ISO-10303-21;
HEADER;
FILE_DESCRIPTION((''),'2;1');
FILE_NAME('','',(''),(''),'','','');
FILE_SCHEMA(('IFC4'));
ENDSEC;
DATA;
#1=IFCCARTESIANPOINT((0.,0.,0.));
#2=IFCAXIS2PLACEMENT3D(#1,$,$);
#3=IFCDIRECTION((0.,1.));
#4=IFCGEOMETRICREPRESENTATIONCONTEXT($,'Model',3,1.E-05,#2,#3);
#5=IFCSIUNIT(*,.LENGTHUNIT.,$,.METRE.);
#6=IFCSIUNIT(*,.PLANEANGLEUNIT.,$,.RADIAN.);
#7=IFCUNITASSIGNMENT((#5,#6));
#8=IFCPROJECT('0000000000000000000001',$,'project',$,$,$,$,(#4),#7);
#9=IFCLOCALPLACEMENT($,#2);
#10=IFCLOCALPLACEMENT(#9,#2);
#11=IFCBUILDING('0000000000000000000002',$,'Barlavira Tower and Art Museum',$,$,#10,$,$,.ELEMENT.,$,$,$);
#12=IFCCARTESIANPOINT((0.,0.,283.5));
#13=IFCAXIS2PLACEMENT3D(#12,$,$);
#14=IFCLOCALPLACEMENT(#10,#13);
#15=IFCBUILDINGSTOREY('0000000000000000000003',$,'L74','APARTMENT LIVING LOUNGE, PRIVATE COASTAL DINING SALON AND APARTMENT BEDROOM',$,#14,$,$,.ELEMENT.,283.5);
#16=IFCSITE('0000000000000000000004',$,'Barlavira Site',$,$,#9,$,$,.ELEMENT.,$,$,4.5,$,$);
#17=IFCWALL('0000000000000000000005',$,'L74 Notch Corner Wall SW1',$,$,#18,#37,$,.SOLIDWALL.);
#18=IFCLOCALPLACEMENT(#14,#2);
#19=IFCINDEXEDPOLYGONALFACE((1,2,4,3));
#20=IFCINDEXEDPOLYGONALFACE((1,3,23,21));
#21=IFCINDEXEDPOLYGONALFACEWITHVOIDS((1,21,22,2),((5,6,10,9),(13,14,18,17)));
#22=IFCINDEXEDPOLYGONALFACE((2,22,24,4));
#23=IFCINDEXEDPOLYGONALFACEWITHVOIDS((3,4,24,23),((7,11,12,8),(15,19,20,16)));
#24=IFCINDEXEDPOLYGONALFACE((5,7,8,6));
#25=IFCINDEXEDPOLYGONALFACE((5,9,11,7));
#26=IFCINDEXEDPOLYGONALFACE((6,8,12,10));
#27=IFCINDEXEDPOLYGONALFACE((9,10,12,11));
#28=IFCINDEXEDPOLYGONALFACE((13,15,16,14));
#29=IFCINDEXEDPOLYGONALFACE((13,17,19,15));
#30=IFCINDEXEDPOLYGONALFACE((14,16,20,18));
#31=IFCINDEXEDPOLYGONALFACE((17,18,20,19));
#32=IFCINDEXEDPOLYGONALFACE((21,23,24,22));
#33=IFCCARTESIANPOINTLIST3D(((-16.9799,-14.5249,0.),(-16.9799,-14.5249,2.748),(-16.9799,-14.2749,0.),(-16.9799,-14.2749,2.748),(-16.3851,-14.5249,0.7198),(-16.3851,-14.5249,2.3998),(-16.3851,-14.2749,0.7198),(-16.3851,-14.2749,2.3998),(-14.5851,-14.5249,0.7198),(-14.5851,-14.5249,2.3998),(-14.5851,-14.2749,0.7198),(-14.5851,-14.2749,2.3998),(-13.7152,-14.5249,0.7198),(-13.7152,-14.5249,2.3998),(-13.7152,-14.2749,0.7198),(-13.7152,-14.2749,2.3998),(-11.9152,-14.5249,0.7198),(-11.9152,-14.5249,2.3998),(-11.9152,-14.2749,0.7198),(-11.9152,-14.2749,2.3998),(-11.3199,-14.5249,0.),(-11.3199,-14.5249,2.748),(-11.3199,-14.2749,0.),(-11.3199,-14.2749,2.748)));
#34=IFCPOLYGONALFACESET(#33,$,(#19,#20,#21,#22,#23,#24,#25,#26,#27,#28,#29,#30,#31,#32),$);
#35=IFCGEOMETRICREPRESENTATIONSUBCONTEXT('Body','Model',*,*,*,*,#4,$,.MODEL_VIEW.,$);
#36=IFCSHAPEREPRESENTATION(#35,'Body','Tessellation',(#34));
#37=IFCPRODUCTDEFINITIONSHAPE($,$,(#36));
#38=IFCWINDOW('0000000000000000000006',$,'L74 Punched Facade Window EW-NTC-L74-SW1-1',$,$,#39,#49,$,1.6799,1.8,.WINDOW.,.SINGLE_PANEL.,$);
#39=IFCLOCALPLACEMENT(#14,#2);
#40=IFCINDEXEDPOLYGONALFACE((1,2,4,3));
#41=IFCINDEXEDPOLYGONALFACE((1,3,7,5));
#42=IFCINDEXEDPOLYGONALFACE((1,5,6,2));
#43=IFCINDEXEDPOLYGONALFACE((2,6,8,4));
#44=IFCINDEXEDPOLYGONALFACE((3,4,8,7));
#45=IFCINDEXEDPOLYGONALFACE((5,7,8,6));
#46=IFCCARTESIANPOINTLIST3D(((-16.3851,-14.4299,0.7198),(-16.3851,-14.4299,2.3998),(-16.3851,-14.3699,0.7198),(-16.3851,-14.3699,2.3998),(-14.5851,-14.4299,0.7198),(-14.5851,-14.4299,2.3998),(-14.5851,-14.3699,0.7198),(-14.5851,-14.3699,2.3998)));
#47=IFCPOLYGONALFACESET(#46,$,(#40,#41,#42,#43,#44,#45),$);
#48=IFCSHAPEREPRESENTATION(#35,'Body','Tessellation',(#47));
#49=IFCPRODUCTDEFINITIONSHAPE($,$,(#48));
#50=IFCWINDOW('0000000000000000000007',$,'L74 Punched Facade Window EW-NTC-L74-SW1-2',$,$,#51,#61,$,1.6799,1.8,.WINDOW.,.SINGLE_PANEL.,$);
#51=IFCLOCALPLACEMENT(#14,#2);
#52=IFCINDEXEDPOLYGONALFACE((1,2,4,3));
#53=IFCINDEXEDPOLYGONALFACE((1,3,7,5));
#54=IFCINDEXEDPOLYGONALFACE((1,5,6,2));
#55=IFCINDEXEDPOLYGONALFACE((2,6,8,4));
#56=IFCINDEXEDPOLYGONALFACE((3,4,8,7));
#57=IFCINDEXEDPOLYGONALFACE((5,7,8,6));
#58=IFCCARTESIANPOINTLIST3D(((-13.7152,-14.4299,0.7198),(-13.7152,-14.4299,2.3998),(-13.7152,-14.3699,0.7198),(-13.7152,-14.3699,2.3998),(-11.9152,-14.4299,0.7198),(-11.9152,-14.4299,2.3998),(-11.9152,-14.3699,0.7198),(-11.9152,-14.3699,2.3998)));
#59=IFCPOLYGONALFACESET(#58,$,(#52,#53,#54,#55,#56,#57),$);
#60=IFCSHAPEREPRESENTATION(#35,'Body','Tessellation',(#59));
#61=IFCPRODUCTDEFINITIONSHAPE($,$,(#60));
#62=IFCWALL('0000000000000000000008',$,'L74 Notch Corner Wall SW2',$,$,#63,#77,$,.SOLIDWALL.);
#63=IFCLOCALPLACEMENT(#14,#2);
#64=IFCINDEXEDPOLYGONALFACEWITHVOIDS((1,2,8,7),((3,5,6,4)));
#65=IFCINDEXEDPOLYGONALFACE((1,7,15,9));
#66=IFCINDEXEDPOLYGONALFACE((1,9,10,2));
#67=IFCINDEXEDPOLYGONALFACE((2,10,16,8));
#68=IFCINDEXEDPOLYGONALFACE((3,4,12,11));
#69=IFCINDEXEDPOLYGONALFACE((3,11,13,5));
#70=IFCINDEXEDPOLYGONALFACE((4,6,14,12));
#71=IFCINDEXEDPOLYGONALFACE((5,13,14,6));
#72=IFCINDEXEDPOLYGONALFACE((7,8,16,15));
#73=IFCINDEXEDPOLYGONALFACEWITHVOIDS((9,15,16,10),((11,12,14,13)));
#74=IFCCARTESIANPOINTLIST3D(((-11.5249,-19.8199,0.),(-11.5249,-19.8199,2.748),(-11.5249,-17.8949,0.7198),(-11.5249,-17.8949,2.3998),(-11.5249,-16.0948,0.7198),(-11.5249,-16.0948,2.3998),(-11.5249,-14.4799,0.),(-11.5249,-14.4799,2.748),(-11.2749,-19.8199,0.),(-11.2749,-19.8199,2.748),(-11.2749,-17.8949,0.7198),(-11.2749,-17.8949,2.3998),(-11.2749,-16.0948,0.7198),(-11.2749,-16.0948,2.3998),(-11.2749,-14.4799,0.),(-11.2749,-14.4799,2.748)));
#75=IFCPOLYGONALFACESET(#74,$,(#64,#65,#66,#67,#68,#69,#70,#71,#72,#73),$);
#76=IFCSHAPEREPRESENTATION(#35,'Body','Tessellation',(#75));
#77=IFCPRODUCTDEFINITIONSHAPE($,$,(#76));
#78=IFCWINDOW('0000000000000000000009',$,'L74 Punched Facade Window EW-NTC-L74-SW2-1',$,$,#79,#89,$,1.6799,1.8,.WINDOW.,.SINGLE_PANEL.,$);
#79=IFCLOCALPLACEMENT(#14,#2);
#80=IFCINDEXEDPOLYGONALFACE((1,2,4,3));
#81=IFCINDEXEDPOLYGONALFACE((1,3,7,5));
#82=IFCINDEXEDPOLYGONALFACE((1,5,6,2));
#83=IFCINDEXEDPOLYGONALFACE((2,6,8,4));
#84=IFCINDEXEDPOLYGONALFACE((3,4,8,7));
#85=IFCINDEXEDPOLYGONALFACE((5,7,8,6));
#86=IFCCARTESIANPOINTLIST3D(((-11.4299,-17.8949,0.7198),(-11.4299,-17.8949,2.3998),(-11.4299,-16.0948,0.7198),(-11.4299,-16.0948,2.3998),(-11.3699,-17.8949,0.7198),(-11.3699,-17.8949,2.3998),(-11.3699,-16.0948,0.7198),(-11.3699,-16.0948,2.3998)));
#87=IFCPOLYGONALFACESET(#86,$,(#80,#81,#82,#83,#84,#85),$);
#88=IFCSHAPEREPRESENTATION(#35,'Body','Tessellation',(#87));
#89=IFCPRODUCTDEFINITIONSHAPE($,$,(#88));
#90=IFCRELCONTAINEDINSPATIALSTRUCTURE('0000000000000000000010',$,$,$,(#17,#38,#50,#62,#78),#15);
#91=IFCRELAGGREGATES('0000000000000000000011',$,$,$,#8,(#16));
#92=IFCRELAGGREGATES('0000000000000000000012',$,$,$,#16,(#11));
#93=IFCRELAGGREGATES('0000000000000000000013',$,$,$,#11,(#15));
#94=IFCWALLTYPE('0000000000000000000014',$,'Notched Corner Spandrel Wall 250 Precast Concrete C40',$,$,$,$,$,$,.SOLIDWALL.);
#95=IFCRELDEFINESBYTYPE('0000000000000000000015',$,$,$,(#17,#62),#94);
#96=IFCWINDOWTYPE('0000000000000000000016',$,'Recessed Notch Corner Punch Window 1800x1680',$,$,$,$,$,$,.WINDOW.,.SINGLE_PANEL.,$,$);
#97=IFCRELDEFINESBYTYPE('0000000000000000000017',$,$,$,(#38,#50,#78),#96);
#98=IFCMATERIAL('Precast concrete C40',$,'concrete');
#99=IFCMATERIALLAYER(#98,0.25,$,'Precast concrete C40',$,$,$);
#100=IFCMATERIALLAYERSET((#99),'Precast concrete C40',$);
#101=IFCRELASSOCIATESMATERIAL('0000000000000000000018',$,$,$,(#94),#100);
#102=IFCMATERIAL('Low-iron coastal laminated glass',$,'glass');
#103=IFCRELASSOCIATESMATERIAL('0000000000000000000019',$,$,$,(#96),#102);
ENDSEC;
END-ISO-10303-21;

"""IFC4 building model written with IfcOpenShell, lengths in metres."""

from ifc_helpers import new_model, si_unit, direction, frame, frame_2d, origin, place, context, subcontext, project, spatial, rectangle, extrude, material, layer, layer_set, type_object, element, fill, save


model = new_model("IFC4")

# Units and contexts
model_context = context("Model", 3, precision=1e-05, world=origin(), true_north=direction((0.0, 1.0)))
body_context = subcontext(model_context, "Body", "Model", "MODEL_VIEW")
ifc_project = project(units=[si_unit("LENGTHUNIT", "METRE"), si_unit("PLANEANGLEUNIT", "RADIAN")], contexts=[model_context])

# Site, building, storey
site_placement = place(None, origin())
site = spatial("IfcSite", under=ifc_project, at=site_placement, Name="Barlavira Site", CompositionType="ELEMENT", RefElevation=4.5)
building_placement = place(site_placement, origin())
building = spatial("IfcBuilding", under=site, at=building_placement, Name="Barlavira Tower and Art Museum", CompositionType="ELEMENT")
storey_placement = place(building_placement, frame((0.0, 0.0, 283.5)))
storey = spatial("IfcBuildingStorey", under=building, at=storey_placement, Name="L74", Description="APARTMENT LIVING LOUNGE, PRIVATE COASTAL DINING SALON AND APARTMENT BEDROOM", CompositionType="ELEMENT", Elevation=283.5)

# Shared definitions
ifc_material_1 = material(Name="Precast concrete C40", Category="concrete")
ifc_layer_1 = layer(ifc_material_1, 0.25, Name="Precast concrete C40")
ifc_layer_set_1 = layer_set([ifc_layer_1], Name="Precast concrete C40")
wall_type = type_object("IfcWallType", Name="Notched Corner Spandrel Wall 250 Precast Concrete C40", PredefinedType="SOLIDWALL", material=ifc_layer_set_1)
ifc_material_2 = material(Name="Low-iron coastal laminated glass", Category="glass")
window_type = type_object("IfcWindowType", Name="Recessed Notch Corner Punch Window 1800x1680", PartitioningType="SINGLE_PANEL", PredefinedType="WINDOW", material=ifc_material_2)

# Wall, openings, windows
wall_1_placement = place(storey_placement, frame((-16.98, -14.3999, 0.0), z_axis=(0.0, 0.0, 1.0), x_axis=(1.0, 0.0, 0.0)))
wall_1 = element("IfcWall", 1, at=wall_1_placement, inside=storey, type_object=wall_type, Name="L74 Notch Corner Wall SW1", PredefinedType="SOLIDWALL", context=body_context, shape_type="SweptSolid", body=[
    extrude(rectangle(XDim=5.6599, YDim=0.25, at=frame_2d((2.8301, 0.0))), origin(), (0.0, 0.0, 1.0), 2.748),
])
opening_1_placement = place(wall_1_placement, frame((0.595, 0.0, 0.72)))
opening_1 = element("IfcOpeningElement", 2, at=opening_1_placement, cuts=wall_1, PredefinedType="OPENING", context=body_context, shape_type="SweptSolid", body=[
    extrude(rectangle(XDim=1.8, YDim=1.6799, at=frame_2d((0.8999, 0.8398))), frame((0.0, 0.135, 0.0), z_axis=(0.0, -1.0, 0.0), x_axis=(1.0, 0.0, 0.0)), (0.0, 0.0, 1.0), 0.27),
])
opening_2_placement = place(wall_1_placement, frame((3.2649, 0.0, 0.72)))
opening_2 = element("IfcOpeningElement", 3, at=opening_2_placement, cuts=wall_1, PredefinedType="OPENING", context=body_context, shape_type="SweptSolid", body=[
    extrude(rectangle(XDim=1.8, YDim=1.6799, at=frame_2d((0.8999, 0.8398))), frame((0.0, 0.135, 0.0), z_axis=(0.0, -1.0, 0.0), x_axis=(1.0, 0.0, 0.0)), (0.0, 0.0, 1.0), 0.27),
])
window_1_placement = place(opening_1_placement, origin())
window_1 = element("IfcWindow", 4, at=window_1_placement, inside=storey, type_object=window_type, Name="L74 Punched Facade Window EW-NTC-L74-SW1-1", OverallHeight=1.6799, OverallWidth=1.8, PartitioningType="SINGLE_PANEL", PredefinedType="WINDOW", context=body_context, shape_type="SweptSolid", body=[
    extrude(rectangle(XDim=1.8, YDim=1.6799, at=frame_2d((0.8999, 0.8398))), frame((0.0, 0.03, 0.0), z_axis=(0.0, -1.0, 0.0), x_axis=(1.0, 0.0, 0.0)), (0.0, 0.0, 1.0), 0.0601),
])
fill(opening_1, window_1)
window_2_placement = place(opening_2_placement, origin())
window_2 = element("IfcWindow", 5, at=window_2_placement, inside=storey, type_object=window_type, Name="L74 Punched Facade Window EW-NTC-L74-SW1-2", OverallHeight=1.6799, OverallWidth=1.8, PartitioningType="SINGLE_PANEL", PredefinedType="WINDOW", context=body_context, shape_type="SweptSolid", body=[
    extrude(rectangle(XDim=1.8, YDim=1.6799, at=frame_2d((0.8999, 0.8398))), frame((0.0, 0.03, 0.0), z_axis=(0.0, -1.0, 0.0), x_axis=(1.0, 0.0, 0.0)), (0.0, 0.0, 1.0), 0.0601),
])
fill(opening_2, window_2)

# Wall, opening, window
wall_2_placement = place(storey_placement, frame((-11.3999, -14.48, 0.0), z_axis=(0.0, 0.0, 1.0), x_axis=(0.0, -1.0, 0.0)))
wall_2 = element("IfcWall", 6, at=wall_2_placement, inside=storey, type_object=wall_type, Name="L74 Notch Corner Wall SW2", PredefinedType="SOLIDWALL", context=body_context, shape_type="SweptSolid", body=[
    extrude(rectangle(XDim=5.3401, YDim=0.25, at=frame_2d((2.6699, 0.0))), origin(), (0.0, 0.0, 1.0), 2.748),
])
opening_3_placement = place(wall_2_placement, frame((1.615, 0.0, 0.72)))
opening_3 = element("IfcOpeningElement", 7, at=opening_3_placement, cuts=wall_2, PredefinedType="OPENING", context=body_context, shape_type="SweptSolid", body=[
    extrude(rectangle(XDim=1.8, YDim=1.6799, at=frame_2d((0.8999, 0.8398))), frame((0.0, 0.135, 0.0), z_axis=(0.0, -1.0, 0.0), x_axis=(1.0, 0.0, 0.0)), (0.0, 0.0, 1.0), 0.27),
])
window_3_placement = place(opening_3_placement, origin())
window_3 = element("IfcWindow", 8, at=window_3_placement, inside=storey, type_object=window_type, Name="L74 Punched Facade Window EW-NTC-L74-SW2-1", OverallHeight=1.6799, OverallWidth=1.8, PartitioningType="SINGLE_PANEL", PredefinedType="WINDOW", context=body_context, shape_type="SweptSolid", body=[
    extrude(rectangle(XDim=1.8, YDim=1.6799, at=frame_2d((0.8999, 0.8398))), frame((0.0, 0.03, 0.0), z_axis=(0.0, -1.0, 0.0), x_axis=(1.0, 0.0, 0.0)), (0.0, 0.0, 1.0), 0.0601),
])
fill(opening_3, window_3)

save(model, "model.ifc")
